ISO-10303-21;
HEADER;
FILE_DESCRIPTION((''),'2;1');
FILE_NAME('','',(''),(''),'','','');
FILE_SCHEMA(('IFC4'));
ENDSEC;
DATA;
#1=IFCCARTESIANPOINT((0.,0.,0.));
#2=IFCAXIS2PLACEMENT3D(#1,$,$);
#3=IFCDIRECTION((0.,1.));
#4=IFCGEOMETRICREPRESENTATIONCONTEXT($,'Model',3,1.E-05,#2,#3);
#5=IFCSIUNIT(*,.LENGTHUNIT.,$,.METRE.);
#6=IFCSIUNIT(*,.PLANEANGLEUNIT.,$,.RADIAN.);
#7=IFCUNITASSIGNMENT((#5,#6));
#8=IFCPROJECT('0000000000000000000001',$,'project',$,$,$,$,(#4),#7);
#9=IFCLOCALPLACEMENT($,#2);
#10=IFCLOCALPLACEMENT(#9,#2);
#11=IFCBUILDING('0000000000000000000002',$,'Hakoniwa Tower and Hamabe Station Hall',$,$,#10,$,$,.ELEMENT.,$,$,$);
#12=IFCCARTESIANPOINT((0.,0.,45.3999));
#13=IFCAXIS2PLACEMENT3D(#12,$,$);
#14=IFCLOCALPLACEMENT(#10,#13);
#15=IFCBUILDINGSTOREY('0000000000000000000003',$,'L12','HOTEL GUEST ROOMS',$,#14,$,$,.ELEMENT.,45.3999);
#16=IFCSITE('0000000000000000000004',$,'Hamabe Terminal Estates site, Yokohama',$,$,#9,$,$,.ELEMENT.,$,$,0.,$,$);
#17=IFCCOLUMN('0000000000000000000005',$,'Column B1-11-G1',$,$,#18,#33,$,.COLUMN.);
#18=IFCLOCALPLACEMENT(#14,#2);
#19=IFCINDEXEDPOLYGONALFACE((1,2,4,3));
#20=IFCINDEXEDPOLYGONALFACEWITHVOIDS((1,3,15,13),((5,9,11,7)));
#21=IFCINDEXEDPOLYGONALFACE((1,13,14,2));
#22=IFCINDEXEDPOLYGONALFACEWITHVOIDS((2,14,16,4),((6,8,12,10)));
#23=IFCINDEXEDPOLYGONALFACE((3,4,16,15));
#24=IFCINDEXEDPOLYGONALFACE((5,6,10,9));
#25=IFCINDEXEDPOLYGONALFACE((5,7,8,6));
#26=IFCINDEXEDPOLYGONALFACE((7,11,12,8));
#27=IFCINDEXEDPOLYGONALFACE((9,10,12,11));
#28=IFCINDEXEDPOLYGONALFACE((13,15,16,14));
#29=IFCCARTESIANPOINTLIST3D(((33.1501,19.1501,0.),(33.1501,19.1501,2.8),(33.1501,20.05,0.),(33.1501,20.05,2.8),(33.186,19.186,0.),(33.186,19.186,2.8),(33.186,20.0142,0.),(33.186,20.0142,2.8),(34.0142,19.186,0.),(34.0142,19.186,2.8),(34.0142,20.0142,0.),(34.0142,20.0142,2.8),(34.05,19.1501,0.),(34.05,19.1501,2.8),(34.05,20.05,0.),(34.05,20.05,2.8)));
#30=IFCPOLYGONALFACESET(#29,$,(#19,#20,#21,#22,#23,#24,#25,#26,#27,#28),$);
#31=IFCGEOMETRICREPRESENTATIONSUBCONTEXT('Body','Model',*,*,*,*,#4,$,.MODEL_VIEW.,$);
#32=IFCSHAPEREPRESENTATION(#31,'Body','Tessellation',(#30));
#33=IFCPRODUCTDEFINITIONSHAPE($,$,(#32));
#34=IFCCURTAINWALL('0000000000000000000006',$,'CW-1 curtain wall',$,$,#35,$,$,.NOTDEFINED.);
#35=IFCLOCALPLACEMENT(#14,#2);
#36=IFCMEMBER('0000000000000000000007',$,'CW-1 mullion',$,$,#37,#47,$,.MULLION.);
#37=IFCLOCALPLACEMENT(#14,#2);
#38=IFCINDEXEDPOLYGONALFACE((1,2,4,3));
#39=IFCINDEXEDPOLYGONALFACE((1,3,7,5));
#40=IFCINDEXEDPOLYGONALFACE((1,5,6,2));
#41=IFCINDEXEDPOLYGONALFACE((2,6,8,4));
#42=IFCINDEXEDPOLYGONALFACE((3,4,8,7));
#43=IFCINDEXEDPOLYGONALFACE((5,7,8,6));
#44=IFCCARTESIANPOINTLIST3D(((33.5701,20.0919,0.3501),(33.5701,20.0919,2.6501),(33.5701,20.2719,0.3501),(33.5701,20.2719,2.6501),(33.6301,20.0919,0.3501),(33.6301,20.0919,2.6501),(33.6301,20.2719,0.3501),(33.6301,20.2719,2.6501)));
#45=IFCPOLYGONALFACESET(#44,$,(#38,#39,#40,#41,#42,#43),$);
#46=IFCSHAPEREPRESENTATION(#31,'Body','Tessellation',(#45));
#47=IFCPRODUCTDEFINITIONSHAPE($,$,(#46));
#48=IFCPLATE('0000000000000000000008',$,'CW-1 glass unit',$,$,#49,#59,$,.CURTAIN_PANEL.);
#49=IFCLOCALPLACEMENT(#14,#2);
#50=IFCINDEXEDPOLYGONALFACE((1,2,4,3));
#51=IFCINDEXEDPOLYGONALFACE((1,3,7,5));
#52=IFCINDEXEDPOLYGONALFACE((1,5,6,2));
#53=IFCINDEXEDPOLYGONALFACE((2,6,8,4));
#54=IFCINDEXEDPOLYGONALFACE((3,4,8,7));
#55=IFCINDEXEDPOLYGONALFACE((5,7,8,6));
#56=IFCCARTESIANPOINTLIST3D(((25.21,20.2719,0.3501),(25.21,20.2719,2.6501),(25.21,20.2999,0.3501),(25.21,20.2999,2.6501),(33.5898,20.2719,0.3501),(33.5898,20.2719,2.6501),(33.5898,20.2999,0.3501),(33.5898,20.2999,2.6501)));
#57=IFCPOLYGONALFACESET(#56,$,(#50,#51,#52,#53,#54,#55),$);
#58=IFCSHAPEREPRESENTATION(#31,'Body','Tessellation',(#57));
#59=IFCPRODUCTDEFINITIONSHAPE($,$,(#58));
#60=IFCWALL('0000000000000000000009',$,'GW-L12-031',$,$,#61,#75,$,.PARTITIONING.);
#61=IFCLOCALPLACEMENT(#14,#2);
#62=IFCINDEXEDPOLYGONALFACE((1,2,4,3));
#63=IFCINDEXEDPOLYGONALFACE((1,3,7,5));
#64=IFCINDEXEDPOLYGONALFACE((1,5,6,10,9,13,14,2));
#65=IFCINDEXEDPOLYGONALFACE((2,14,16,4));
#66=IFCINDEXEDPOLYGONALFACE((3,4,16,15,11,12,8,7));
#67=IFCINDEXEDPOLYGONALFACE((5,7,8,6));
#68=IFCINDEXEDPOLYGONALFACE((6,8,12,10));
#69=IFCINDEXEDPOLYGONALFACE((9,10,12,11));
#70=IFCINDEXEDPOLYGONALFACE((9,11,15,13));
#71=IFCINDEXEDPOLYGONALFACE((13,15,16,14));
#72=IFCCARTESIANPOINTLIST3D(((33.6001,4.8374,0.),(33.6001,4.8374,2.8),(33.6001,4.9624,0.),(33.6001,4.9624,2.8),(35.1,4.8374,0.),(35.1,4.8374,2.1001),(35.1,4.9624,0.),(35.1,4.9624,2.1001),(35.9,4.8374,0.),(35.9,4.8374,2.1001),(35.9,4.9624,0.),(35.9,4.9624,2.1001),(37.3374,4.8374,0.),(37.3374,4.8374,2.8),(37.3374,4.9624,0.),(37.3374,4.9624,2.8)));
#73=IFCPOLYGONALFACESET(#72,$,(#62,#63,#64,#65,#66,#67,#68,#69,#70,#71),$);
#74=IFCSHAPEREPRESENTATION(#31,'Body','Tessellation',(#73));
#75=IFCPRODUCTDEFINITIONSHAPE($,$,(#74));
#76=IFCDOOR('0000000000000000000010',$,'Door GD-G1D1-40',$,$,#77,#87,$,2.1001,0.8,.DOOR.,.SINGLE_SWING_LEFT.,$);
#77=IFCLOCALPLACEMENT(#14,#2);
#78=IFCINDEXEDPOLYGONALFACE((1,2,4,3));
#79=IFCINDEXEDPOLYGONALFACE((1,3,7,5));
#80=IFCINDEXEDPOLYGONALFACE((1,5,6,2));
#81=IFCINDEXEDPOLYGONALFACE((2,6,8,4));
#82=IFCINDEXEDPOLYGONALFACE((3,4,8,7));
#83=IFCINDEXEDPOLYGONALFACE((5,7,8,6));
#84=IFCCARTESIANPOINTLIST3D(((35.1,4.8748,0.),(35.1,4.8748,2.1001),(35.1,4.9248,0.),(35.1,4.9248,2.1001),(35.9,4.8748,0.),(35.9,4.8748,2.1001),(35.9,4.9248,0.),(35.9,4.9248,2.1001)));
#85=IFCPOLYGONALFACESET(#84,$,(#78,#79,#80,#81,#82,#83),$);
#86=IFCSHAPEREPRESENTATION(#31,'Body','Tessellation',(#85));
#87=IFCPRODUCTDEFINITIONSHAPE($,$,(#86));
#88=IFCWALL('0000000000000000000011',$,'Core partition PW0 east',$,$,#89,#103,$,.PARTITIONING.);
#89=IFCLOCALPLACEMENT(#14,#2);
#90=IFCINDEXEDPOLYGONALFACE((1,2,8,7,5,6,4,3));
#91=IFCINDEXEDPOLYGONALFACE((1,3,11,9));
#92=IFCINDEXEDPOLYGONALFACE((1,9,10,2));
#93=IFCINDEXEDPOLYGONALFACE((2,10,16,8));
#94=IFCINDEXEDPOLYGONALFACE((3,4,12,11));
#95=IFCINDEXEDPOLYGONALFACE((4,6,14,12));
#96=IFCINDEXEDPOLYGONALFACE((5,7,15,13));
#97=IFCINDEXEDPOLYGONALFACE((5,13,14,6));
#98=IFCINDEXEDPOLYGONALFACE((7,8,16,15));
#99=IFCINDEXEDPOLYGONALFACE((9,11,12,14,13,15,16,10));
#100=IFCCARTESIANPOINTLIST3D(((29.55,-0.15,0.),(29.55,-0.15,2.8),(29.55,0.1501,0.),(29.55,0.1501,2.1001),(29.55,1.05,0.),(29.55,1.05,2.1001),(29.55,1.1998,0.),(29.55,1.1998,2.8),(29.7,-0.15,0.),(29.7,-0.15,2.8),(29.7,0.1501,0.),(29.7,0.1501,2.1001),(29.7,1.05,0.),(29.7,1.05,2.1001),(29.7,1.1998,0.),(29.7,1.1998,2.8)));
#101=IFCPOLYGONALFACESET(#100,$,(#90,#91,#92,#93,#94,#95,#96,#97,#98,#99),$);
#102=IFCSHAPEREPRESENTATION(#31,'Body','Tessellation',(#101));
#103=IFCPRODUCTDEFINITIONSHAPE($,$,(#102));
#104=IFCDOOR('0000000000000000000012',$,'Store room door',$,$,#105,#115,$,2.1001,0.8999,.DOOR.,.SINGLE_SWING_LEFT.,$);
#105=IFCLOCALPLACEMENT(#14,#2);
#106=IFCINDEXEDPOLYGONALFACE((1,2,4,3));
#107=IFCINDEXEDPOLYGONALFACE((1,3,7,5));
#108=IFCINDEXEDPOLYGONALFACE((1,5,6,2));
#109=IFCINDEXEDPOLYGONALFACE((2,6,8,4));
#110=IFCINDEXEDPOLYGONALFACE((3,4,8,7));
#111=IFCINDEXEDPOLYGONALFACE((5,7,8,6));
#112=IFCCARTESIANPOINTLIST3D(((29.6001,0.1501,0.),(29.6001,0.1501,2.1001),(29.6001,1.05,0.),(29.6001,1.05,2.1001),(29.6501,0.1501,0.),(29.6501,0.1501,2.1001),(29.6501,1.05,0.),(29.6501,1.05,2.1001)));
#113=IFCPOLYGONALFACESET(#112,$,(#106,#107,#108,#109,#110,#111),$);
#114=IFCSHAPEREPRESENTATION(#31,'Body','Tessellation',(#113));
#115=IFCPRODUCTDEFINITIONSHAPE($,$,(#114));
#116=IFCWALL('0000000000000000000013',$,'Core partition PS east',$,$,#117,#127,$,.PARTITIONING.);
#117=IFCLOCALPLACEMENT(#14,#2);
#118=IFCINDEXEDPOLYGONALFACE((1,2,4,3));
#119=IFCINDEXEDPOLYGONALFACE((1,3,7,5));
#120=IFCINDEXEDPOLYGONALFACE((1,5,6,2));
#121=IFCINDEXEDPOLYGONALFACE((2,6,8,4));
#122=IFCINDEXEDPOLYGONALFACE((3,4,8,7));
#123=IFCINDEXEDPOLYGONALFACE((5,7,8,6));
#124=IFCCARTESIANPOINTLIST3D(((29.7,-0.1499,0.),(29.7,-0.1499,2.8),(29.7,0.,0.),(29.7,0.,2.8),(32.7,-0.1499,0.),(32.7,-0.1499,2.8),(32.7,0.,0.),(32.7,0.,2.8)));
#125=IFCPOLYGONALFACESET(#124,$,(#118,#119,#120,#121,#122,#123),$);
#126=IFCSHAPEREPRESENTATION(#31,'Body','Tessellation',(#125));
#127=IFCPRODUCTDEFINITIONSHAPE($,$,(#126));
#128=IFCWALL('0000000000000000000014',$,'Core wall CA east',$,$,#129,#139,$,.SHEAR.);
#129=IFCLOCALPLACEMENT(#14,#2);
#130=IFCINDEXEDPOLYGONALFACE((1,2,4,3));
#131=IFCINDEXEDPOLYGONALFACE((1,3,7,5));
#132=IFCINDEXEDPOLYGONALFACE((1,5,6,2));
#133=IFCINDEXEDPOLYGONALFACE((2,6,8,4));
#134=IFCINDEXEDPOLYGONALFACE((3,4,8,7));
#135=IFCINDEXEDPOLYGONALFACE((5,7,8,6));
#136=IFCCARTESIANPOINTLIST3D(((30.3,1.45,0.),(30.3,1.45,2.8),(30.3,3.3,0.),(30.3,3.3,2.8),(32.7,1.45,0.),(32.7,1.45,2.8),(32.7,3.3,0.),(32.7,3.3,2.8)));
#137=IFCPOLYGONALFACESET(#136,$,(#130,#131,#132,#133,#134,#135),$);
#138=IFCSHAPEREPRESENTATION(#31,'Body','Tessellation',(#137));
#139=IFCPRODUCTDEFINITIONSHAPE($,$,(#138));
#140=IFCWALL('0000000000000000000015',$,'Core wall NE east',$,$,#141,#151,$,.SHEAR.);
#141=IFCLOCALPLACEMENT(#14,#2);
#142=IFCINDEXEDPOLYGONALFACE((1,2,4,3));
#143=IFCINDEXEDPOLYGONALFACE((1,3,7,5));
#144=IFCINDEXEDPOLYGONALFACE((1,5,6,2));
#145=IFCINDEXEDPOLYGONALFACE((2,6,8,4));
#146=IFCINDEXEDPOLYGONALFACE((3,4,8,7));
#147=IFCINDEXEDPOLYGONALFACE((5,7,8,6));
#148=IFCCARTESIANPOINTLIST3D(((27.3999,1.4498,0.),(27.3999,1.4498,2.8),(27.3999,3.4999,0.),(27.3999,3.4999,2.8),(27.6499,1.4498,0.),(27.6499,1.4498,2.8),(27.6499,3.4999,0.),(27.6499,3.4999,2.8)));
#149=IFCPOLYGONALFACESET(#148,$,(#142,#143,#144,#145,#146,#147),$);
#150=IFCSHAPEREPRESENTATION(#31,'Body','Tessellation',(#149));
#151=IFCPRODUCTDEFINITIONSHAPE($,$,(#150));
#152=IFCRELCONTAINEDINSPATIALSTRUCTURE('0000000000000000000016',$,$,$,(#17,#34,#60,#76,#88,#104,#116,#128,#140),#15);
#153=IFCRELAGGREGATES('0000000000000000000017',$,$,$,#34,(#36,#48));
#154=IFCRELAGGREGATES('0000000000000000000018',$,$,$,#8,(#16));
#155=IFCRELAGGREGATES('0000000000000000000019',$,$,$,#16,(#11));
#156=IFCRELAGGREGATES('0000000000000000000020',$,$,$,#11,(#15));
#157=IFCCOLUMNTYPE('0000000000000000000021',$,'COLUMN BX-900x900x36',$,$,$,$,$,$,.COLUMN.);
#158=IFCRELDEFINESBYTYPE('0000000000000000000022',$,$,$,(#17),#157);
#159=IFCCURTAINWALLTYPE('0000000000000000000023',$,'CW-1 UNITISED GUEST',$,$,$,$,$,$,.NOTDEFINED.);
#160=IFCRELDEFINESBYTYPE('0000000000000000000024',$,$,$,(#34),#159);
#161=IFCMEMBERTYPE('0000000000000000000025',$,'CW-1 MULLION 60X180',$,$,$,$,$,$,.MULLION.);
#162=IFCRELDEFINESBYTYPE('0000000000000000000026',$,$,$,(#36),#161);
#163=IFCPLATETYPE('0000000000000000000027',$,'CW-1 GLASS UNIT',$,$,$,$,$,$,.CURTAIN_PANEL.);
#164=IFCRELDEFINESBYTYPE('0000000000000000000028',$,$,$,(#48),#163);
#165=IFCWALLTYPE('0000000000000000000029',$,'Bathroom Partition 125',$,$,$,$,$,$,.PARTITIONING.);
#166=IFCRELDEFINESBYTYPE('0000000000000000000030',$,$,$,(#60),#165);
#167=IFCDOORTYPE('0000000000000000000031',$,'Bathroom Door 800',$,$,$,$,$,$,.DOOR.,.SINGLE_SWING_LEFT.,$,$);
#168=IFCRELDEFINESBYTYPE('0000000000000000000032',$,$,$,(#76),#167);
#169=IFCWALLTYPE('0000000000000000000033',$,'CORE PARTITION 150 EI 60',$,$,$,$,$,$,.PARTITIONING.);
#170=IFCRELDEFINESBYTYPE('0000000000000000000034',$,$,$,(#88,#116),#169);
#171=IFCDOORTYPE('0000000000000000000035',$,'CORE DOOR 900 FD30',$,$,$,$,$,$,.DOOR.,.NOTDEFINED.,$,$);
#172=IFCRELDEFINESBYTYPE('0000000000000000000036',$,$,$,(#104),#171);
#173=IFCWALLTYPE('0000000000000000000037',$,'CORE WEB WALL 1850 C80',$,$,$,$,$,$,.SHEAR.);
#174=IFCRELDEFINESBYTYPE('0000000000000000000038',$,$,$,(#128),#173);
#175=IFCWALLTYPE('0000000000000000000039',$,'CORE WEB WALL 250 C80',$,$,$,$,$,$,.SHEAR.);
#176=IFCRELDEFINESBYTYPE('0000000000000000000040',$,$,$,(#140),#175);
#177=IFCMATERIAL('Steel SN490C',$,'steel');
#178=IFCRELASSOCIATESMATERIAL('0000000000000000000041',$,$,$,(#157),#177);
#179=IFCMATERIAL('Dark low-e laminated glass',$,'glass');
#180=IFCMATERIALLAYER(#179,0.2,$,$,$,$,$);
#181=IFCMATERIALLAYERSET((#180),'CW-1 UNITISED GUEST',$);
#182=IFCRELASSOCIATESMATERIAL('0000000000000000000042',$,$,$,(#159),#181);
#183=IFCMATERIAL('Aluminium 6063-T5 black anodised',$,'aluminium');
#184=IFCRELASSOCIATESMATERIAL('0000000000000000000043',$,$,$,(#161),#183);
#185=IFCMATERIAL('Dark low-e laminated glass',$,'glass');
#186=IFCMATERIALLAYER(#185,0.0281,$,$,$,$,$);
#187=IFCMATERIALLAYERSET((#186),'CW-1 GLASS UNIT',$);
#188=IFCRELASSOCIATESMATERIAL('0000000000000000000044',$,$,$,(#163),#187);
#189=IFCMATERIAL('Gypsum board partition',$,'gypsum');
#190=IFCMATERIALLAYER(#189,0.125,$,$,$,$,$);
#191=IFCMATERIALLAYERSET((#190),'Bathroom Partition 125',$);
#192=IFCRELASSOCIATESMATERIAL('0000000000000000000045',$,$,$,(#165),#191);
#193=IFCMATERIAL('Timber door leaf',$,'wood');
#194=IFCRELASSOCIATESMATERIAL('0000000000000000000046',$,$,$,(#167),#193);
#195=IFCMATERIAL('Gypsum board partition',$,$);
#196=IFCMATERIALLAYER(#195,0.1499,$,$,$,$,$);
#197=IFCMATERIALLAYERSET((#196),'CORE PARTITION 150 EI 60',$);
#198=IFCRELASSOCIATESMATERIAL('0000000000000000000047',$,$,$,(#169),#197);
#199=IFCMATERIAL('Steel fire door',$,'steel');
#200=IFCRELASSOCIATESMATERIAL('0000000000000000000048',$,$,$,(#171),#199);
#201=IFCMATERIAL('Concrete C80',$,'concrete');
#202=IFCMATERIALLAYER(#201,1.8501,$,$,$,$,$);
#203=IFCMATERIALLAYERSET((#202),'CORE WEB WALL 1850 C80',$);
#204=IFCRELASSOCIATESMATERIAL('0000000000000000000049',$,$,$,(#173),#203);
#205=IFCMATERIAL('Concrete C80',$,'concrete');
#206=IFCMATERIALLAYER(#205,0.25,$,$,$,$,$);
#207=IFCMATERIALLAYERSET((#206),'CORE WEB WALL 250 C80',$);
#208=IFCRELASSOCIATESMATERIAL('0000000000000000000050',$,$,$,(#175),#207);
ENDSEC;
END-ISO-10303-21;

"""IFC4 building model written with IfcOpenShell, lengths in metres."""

from ifc_helpers import new_model, si_unit, direction, frame, frame_2d, origin, origin_2d, place, context, subcontext, project, spatial, rectangle, hollow_rectangle, extrude, material, layer, layer_set, material_profile, profile_set, type_object, element, fill, aggregate, save


model = new_model("IFC4")

# Units and contexts
model_context = context("Model", 3, precision=1e-05, world=origin(), true_north=direction((0.0, 1.0)))
body_context = subcontext(model_context, "Body", "Model", "MODEL_VIEW")
ifc_project = project(units=[si_unit("LENGTHUNIT", "METRE"), si_unit("PLANEANGLEUNIT", "RADIAN")], contexts=[model_context])

# Site, building, storey
site_placement = place(None, origin())
site = spatial("IfcSite", under=ifc_project, at=site_placement, Name="Hamabe Terminal Estates site, Yokohama", CompositionType="ELEMENT", RefElevation=0.0)
building_placement = place(site_placement, origin())
building = spatial("IfcBuilding", under=site, at=building_placement, Name="Hakoniwa Tower and Hamabe Station Hall", CompositionType="ELEMENT")
storey_placement = place(building_placement, frame((0.0, 0.0, 45.3999)))
storey = spatial("IfcBuildingStorey", under=building, at=storey_placement, Name="L12", Description="HOTEL GUEST ROOMS", CompositionType="ELEMENT", Elevation=45.3999)

# Column
ifc_material_1 = material(Name="Steel SN490C", Category="steel")
ifc_material_profile_1 = material_profile(ifc_material_1, hollow_rectangle(XDim=0.8999, YDim=0.8999, WallThickness=0.0359, at=origin_2d()), Name="BX-900x900x36")
ifc_profile_set_1 = profile_set([ifc_material_profile_1], Name="Steel SN490C")
column_type = type_object("IfcColumnType", Name="COLUMN BX-900x900x36", PredefinedType="COLUMN", material=ifc_profile_set_1)
column_placement = place(storey_placement, frame((33.6001, 19.6001, 0.0), z_axis=(0.0, 0.0, 1.0), x_axis=(1.0, 0.0, 0.0)))
element("IfcColumn", 1, at=column_placement, inside=storey, type_object=column_type, Name="Column B1-11-G1", PredefinedType="COLUMN", context=body_context, shape_type="SweptSolid", body=[
    extrude(hollow_rectangle(XDim=0.8999, YDim=0.8999, WallThickness=0.0359, at=origin_2d()), origin(), (0.0, 0.0, 1.0), 2.8),
])

# Curtain wall, member, plate
ifc_material_2 = material(Name="Dark low-e laminated glass", Category="glass")
ifc_layer_1 = layer(ifc_material_2, 0.2)
ifc_layer_set_1 = layer_set([ifc_layer_1], Name="CW-1 UNITISED GUEST")
curtain_wall_type = type_object("IfcCurtainWallType", Name="CW-1 UNITISED GUEST", PredefinedType="NOTDEFINED", material=ifc_layer_set_1)
curtain_wall_placement = place(storey_placement, origin())
curtain_wall = element("IfcCurtainWall", 2, at=curtain_wall_placement, inside=storey, type_object=curtain_wall_type, Name="CW-1 curtain wall", PredefinedType="NOTDEFINED")
ifc_material_3 = material(Name="Aluminium 6063-T5 black anodised", Category="aluminium")
ifc_material_profile_2 = material_profile(ifc_material_3, rectangle(XDim=0.0601, YDim=0.1799, at=origin_2d()), Name="CW-1 MULLION 60X180")
ifc_profile_set_2 = profile_set([ifc_material_profile_2], Name="Aluminium 6063-T5 black anodised")
member_type = type_object("IfcMemberType", Name="CW-1 MULLION 60X180", PredefinedType="MULLION", material=ifc_profile_set_2)
member_placement = place(storey_placement, frame((33.6001, 20.1819, 0.3501), z_axis=(0.0, 0.0, 1.0), x_axis=(-1.0, 0.0, 0.0)))
member = element("IfcMember", 3, at=member_placement, type_object=member_type, Name="CW-1 mullion", PredefinedType="MULLION", context=body_context, shape_type="SweptSolid", body=[
    extrude(rectangle(XDim=0.0601, YDim=0.1799, at=origin_2d()), origin(), (0.0, 0.0, 1.0), 2.3),
])
ifc_material_4 = material(Name="Dark low-e laminated glass", Category="glass")
ifc_layer_2 = layer(ifc_material_4, 0.0281)
ifc_layer_set_2 = layer_set([ifc_layer_2], Name="CW-1 GLASS UNIT")
plate_type = type_object("IfcPlateType", Name="CW-1 GLASS UNIT", PredefinedType="CURTAIN_PANEL", material=ifc_layer_set_2)
plate_placement = place(storey_placement, frame((29.3999, 20.2859, 0.3501), z_axis=(0.0, 0.0, 1.0), x_axis=(-1.0, 0.0, 0.0)))
plate = element("IfcPlate", 4, at=plate_placement, type_object=plate_type, Name="CW-1 glass unit", PredefinedType="CURTAIN_PANEL", context=body_context, shape_type="SweptSolid", body=[
    extrude(rectangle(XDim=8.3799, YDim=0.0281, at=origin_2d()), origin(), (0.0, 0.0, 1.0), 2.3),
])
aggregate(curtain_wall, [member, plate])

# Walls, openings, doors
ifc_material_5 = material(Name="Gypsum board partition", Category="gypsum")
ifc_layer_3 = layer(ifc_material_5, 0.125)
ifc_layer_set_3 = layer_set([ifc_layer_3], Name="Bathroom Partition 125")
wall_type_1 = type_object("IfcWallType", Name="Bathroom Partition 125", PredefinedType="PARTITIONING", material=ifc_layer_set_3)
wall_1_placement = place(storey_placement, frame((33.6001, 4.8999, 0.0), z_axis=(0.0, 0.0, 1.0), x_axis=(1.0, 0.0, 0.0)))
wall_1 = element("IfcWall", 5, at=wall_1_placement, inside=storey, type_object=wall_type_1, Name="GW-L12-031", PredefinedType="PARTITIONING", context=body_context, shape_type="SweptSolid", body=[
    extrude(rectangle(XDim=3.7373, YDim=0.125, at=frame_2d((1.8687, 0.0))), origin(), (0.0, 0.0, 1.0), 2.8),
])
opening_1_placement = place(wall_1_placement, frame((1.5, 0.0, 0.0)))
opening_1 = element("IfcOpeningElement", 6, at=opening_1_placement, cuts=wall_1, PredefinedType="OPENING", context=body_context, shape_type="SweptSolid", body=[
    extrude(rectangle(XDim=0.8, YDim=2.1001, at=frame_2d((0.3999, 1.05))), frame((0.0, 0.0725, 0.0), z_axis=(0.0, -1.0, 0.0), x_axis=(1.0, 0.0, 0.0)), (0.0, 0.0, 1.0), 0.145),
])
ifc_material_6 = material(Name="Timber door leaf", Category="wood")
door_type_1 = type_object("IfcDoorType", Name="Bathroom Door 800", OperationType="SINGLE_SWING_LEFT", PredefinedType="DOOR", material=ifc_material_6)
door_1_placement = place(opening_1_placement, origin())
door_1 = element("IfcDoor", 7, at=door_1_placement, inside=storey, type_object=door_type_1, Name="Door GD-G1D1-40", OperationType="SINGLE_SWING_LEFT", OverallHeight=2.1001, OverallWidth=0.8, PredefinedType="DOOR", context=body_context, shape_type="SweptSolid", body=[
    extrude(rectangle(XDim=0.8, YDim=2.1001, at=frame_2d((0.3999, 1.05))), frame((0.0, 0.0249, 0.0), z_axis=(0.0, -1.0, 0.0), x_axis=(1.0, 0.0, 0.0)), (0.0, 0.0, 1.0), 0.05),
])
fill(opening_1, door_1)
ifc_material_7 = material(Name="Gypsum board partition")
ifc_layer_4 = layer(ifc_material_7, 0.1499)
ifc_layer_set_4 = layer_set([ifc_layer_4], Name="CORE PARTITION 150 EI 60")
wall_type_2 = type_object("IfcWallType", Name="CORE PARTITION 150 EI 60", PredefinedType="PARTITIONING", material=ifc_layer_set_4)
wall_2_placement = place(storey_placement, frame((29.625, -0.1499, 0.0), z_axis=(0.0, 0.0, 1.0), x_axis=(0.0, 1.0, 0.0)))
wall_2 = element("IfcWall", 8, at=wall_2_placement, inside=storey, type_object=wall_type_2, Name="Core partition PW0 east", PredefinedType="PARTITIONING", context=body_context, shape_type="SweptSolid", body=[
    extrude(rectangle(XDim=1.3499, YDim=0.1499, at=frame_2d((0.6748, 0.0))), origin(), (0.0, 0.0, 1.0), 2.8),
])
opening_2_placement = place(wall_2_placement, frame((0.3, 0.0, 0.0)))
opening_2 = element("IfcOpeningElement", 9, at=opening_2_placement, cuts=wall_2, PredefinedType="OPENING", context=body_context, shape_type="SweptSolid", body=[
    extrude(rectangle(XDim=0.8999, YDim=2.1001, at=frame_2d((0.45, 1.05))), frame((0.0, 0.085, 0.0), z_axis=(0.0, -1.0, 0.0), x_axis=(1.0, 0.0, 0.0)), (0.0, 0.0, 1.0), 0.1699),
])
ifc_material_8 = material(Name="Steel fire door", Category="steel")
door_type_2 = type_object("IfcDoorType", Name="CORE DOOR 900 FD30", OperationType="NOTDEFINED", PredefinedType="DOOR", material=ifc_material_8)
door_2_placement = place(opening_2_placement, origin())
door_2 = element("IfcDoor", 10, at=door_2_placement, inside=storey, type_object=door_type_2, Name="Store room door", OperationType="SINGLE_SWING_LEFT", OverallHeight=2.1001, OverallWidth=0.8999, PredefinedType="DOOR", context=body_context, shape_type="SweptSolid", body=[
    extrude(rectangle(XDim=0.8999, YDim=2.1001, at=frame_2d((0.45, 1.05))), frame((0.0, 0.0249, 0.0), z_axis=(0.0, -1.0, 0.0), x_axis=(1.0, 0.0, 0.0)), (0.0, 0.0, 1.0), 0.05),
])
fill(opening_2, door_2)

# Walls
wall_3_placement = place(storey_placement, frame((29.7, -0.075, 0.0), z_axis=(0.0, 0.0, 1.0), x_axis=(1.0, 0.0, 0.0)))
element("IfcWall", 11, at=wall_3_placement, inside=storey, type_object=wall_type_2, Name="Core partition PS east", PredefinedType="PARTITIONING", context=body_context, shape_type="SweptSolid", body=[
    extrude(rectangle(XDim=3.0, YDim=0.1499, at=frame_2d((1.5, 0.0))), origin(), (0.0, 0.0, 1.0), 2.8),
])
ifc_material_9 = material(Name="Concrete C80", Category="concrete")
ifc_layer_5 = layer(ifc_material_9, 1.8501)
ifc_layer_set_5 = layer_set([ifc_layer_5], Name="CORE WEB WALL 1850 C80")
wall_type_3 = type_object("IfcWallType", Name="CORE WEB WALL 1850 C80", PredefinedType="SHEAR", material=ifc_layer_set_5)
wall_4_placement = place(storey_placement, frame((30.3, 2.375, 0.0), z_axis=(0.0, 0.0, 1.0), x_axis=(1.0, 0.0, 0.0)))
element("IfcWall", 12, at=wall_4_placement, inside=storey, type_object=wall_type_3, Name="Core wall CA east", PredefinedType="SHEAR", context=body_context, shape_type="SweptSolid", body=[
    extrude(rectangle(XDim=2.3999, YDim=1.8501, at=frame_2d((1.2, 0.0))), origin(), (0.0, 0.0, 1.0), 2.8),
])
ifc_material_10 = material(Name="Concrete C80", Category="concrete")
ifc_layer_6 = layer(ifc_material_10, 0.25)
ifc_layer_set_6 = layer_set([ifc_layer_6], Name="CORE WEB WALL 250 C80")
wall_type_4 = type_object("IfcWallType", Name="CORE WEB WALL 250 C80", PredefinedType="SHEAR", material=ifc_layer_set_6)
wall_5_placement = place(storey_placement, frame((27.5249, 1.45, 0.0), z_axis=(0.0, 0.0, 1.0), x_axis=(0.0, 1.0, 0.0)))
element("IfcWall", 13, at=wall_5_placement, inside=storey, type_object=wall_type_4, Name="Core wall NE east", PredefinedType="SHEAR", context=body_context, shape_type="SweptSolid", body=[
    extrude(rectangle(XDim=2.05, YDim=0.25, at=frame_2d((1.0249, 0.0))), origin(), (0.0, 0.0, 1.0), 2.8),
])

save(model, "model.ifc")
